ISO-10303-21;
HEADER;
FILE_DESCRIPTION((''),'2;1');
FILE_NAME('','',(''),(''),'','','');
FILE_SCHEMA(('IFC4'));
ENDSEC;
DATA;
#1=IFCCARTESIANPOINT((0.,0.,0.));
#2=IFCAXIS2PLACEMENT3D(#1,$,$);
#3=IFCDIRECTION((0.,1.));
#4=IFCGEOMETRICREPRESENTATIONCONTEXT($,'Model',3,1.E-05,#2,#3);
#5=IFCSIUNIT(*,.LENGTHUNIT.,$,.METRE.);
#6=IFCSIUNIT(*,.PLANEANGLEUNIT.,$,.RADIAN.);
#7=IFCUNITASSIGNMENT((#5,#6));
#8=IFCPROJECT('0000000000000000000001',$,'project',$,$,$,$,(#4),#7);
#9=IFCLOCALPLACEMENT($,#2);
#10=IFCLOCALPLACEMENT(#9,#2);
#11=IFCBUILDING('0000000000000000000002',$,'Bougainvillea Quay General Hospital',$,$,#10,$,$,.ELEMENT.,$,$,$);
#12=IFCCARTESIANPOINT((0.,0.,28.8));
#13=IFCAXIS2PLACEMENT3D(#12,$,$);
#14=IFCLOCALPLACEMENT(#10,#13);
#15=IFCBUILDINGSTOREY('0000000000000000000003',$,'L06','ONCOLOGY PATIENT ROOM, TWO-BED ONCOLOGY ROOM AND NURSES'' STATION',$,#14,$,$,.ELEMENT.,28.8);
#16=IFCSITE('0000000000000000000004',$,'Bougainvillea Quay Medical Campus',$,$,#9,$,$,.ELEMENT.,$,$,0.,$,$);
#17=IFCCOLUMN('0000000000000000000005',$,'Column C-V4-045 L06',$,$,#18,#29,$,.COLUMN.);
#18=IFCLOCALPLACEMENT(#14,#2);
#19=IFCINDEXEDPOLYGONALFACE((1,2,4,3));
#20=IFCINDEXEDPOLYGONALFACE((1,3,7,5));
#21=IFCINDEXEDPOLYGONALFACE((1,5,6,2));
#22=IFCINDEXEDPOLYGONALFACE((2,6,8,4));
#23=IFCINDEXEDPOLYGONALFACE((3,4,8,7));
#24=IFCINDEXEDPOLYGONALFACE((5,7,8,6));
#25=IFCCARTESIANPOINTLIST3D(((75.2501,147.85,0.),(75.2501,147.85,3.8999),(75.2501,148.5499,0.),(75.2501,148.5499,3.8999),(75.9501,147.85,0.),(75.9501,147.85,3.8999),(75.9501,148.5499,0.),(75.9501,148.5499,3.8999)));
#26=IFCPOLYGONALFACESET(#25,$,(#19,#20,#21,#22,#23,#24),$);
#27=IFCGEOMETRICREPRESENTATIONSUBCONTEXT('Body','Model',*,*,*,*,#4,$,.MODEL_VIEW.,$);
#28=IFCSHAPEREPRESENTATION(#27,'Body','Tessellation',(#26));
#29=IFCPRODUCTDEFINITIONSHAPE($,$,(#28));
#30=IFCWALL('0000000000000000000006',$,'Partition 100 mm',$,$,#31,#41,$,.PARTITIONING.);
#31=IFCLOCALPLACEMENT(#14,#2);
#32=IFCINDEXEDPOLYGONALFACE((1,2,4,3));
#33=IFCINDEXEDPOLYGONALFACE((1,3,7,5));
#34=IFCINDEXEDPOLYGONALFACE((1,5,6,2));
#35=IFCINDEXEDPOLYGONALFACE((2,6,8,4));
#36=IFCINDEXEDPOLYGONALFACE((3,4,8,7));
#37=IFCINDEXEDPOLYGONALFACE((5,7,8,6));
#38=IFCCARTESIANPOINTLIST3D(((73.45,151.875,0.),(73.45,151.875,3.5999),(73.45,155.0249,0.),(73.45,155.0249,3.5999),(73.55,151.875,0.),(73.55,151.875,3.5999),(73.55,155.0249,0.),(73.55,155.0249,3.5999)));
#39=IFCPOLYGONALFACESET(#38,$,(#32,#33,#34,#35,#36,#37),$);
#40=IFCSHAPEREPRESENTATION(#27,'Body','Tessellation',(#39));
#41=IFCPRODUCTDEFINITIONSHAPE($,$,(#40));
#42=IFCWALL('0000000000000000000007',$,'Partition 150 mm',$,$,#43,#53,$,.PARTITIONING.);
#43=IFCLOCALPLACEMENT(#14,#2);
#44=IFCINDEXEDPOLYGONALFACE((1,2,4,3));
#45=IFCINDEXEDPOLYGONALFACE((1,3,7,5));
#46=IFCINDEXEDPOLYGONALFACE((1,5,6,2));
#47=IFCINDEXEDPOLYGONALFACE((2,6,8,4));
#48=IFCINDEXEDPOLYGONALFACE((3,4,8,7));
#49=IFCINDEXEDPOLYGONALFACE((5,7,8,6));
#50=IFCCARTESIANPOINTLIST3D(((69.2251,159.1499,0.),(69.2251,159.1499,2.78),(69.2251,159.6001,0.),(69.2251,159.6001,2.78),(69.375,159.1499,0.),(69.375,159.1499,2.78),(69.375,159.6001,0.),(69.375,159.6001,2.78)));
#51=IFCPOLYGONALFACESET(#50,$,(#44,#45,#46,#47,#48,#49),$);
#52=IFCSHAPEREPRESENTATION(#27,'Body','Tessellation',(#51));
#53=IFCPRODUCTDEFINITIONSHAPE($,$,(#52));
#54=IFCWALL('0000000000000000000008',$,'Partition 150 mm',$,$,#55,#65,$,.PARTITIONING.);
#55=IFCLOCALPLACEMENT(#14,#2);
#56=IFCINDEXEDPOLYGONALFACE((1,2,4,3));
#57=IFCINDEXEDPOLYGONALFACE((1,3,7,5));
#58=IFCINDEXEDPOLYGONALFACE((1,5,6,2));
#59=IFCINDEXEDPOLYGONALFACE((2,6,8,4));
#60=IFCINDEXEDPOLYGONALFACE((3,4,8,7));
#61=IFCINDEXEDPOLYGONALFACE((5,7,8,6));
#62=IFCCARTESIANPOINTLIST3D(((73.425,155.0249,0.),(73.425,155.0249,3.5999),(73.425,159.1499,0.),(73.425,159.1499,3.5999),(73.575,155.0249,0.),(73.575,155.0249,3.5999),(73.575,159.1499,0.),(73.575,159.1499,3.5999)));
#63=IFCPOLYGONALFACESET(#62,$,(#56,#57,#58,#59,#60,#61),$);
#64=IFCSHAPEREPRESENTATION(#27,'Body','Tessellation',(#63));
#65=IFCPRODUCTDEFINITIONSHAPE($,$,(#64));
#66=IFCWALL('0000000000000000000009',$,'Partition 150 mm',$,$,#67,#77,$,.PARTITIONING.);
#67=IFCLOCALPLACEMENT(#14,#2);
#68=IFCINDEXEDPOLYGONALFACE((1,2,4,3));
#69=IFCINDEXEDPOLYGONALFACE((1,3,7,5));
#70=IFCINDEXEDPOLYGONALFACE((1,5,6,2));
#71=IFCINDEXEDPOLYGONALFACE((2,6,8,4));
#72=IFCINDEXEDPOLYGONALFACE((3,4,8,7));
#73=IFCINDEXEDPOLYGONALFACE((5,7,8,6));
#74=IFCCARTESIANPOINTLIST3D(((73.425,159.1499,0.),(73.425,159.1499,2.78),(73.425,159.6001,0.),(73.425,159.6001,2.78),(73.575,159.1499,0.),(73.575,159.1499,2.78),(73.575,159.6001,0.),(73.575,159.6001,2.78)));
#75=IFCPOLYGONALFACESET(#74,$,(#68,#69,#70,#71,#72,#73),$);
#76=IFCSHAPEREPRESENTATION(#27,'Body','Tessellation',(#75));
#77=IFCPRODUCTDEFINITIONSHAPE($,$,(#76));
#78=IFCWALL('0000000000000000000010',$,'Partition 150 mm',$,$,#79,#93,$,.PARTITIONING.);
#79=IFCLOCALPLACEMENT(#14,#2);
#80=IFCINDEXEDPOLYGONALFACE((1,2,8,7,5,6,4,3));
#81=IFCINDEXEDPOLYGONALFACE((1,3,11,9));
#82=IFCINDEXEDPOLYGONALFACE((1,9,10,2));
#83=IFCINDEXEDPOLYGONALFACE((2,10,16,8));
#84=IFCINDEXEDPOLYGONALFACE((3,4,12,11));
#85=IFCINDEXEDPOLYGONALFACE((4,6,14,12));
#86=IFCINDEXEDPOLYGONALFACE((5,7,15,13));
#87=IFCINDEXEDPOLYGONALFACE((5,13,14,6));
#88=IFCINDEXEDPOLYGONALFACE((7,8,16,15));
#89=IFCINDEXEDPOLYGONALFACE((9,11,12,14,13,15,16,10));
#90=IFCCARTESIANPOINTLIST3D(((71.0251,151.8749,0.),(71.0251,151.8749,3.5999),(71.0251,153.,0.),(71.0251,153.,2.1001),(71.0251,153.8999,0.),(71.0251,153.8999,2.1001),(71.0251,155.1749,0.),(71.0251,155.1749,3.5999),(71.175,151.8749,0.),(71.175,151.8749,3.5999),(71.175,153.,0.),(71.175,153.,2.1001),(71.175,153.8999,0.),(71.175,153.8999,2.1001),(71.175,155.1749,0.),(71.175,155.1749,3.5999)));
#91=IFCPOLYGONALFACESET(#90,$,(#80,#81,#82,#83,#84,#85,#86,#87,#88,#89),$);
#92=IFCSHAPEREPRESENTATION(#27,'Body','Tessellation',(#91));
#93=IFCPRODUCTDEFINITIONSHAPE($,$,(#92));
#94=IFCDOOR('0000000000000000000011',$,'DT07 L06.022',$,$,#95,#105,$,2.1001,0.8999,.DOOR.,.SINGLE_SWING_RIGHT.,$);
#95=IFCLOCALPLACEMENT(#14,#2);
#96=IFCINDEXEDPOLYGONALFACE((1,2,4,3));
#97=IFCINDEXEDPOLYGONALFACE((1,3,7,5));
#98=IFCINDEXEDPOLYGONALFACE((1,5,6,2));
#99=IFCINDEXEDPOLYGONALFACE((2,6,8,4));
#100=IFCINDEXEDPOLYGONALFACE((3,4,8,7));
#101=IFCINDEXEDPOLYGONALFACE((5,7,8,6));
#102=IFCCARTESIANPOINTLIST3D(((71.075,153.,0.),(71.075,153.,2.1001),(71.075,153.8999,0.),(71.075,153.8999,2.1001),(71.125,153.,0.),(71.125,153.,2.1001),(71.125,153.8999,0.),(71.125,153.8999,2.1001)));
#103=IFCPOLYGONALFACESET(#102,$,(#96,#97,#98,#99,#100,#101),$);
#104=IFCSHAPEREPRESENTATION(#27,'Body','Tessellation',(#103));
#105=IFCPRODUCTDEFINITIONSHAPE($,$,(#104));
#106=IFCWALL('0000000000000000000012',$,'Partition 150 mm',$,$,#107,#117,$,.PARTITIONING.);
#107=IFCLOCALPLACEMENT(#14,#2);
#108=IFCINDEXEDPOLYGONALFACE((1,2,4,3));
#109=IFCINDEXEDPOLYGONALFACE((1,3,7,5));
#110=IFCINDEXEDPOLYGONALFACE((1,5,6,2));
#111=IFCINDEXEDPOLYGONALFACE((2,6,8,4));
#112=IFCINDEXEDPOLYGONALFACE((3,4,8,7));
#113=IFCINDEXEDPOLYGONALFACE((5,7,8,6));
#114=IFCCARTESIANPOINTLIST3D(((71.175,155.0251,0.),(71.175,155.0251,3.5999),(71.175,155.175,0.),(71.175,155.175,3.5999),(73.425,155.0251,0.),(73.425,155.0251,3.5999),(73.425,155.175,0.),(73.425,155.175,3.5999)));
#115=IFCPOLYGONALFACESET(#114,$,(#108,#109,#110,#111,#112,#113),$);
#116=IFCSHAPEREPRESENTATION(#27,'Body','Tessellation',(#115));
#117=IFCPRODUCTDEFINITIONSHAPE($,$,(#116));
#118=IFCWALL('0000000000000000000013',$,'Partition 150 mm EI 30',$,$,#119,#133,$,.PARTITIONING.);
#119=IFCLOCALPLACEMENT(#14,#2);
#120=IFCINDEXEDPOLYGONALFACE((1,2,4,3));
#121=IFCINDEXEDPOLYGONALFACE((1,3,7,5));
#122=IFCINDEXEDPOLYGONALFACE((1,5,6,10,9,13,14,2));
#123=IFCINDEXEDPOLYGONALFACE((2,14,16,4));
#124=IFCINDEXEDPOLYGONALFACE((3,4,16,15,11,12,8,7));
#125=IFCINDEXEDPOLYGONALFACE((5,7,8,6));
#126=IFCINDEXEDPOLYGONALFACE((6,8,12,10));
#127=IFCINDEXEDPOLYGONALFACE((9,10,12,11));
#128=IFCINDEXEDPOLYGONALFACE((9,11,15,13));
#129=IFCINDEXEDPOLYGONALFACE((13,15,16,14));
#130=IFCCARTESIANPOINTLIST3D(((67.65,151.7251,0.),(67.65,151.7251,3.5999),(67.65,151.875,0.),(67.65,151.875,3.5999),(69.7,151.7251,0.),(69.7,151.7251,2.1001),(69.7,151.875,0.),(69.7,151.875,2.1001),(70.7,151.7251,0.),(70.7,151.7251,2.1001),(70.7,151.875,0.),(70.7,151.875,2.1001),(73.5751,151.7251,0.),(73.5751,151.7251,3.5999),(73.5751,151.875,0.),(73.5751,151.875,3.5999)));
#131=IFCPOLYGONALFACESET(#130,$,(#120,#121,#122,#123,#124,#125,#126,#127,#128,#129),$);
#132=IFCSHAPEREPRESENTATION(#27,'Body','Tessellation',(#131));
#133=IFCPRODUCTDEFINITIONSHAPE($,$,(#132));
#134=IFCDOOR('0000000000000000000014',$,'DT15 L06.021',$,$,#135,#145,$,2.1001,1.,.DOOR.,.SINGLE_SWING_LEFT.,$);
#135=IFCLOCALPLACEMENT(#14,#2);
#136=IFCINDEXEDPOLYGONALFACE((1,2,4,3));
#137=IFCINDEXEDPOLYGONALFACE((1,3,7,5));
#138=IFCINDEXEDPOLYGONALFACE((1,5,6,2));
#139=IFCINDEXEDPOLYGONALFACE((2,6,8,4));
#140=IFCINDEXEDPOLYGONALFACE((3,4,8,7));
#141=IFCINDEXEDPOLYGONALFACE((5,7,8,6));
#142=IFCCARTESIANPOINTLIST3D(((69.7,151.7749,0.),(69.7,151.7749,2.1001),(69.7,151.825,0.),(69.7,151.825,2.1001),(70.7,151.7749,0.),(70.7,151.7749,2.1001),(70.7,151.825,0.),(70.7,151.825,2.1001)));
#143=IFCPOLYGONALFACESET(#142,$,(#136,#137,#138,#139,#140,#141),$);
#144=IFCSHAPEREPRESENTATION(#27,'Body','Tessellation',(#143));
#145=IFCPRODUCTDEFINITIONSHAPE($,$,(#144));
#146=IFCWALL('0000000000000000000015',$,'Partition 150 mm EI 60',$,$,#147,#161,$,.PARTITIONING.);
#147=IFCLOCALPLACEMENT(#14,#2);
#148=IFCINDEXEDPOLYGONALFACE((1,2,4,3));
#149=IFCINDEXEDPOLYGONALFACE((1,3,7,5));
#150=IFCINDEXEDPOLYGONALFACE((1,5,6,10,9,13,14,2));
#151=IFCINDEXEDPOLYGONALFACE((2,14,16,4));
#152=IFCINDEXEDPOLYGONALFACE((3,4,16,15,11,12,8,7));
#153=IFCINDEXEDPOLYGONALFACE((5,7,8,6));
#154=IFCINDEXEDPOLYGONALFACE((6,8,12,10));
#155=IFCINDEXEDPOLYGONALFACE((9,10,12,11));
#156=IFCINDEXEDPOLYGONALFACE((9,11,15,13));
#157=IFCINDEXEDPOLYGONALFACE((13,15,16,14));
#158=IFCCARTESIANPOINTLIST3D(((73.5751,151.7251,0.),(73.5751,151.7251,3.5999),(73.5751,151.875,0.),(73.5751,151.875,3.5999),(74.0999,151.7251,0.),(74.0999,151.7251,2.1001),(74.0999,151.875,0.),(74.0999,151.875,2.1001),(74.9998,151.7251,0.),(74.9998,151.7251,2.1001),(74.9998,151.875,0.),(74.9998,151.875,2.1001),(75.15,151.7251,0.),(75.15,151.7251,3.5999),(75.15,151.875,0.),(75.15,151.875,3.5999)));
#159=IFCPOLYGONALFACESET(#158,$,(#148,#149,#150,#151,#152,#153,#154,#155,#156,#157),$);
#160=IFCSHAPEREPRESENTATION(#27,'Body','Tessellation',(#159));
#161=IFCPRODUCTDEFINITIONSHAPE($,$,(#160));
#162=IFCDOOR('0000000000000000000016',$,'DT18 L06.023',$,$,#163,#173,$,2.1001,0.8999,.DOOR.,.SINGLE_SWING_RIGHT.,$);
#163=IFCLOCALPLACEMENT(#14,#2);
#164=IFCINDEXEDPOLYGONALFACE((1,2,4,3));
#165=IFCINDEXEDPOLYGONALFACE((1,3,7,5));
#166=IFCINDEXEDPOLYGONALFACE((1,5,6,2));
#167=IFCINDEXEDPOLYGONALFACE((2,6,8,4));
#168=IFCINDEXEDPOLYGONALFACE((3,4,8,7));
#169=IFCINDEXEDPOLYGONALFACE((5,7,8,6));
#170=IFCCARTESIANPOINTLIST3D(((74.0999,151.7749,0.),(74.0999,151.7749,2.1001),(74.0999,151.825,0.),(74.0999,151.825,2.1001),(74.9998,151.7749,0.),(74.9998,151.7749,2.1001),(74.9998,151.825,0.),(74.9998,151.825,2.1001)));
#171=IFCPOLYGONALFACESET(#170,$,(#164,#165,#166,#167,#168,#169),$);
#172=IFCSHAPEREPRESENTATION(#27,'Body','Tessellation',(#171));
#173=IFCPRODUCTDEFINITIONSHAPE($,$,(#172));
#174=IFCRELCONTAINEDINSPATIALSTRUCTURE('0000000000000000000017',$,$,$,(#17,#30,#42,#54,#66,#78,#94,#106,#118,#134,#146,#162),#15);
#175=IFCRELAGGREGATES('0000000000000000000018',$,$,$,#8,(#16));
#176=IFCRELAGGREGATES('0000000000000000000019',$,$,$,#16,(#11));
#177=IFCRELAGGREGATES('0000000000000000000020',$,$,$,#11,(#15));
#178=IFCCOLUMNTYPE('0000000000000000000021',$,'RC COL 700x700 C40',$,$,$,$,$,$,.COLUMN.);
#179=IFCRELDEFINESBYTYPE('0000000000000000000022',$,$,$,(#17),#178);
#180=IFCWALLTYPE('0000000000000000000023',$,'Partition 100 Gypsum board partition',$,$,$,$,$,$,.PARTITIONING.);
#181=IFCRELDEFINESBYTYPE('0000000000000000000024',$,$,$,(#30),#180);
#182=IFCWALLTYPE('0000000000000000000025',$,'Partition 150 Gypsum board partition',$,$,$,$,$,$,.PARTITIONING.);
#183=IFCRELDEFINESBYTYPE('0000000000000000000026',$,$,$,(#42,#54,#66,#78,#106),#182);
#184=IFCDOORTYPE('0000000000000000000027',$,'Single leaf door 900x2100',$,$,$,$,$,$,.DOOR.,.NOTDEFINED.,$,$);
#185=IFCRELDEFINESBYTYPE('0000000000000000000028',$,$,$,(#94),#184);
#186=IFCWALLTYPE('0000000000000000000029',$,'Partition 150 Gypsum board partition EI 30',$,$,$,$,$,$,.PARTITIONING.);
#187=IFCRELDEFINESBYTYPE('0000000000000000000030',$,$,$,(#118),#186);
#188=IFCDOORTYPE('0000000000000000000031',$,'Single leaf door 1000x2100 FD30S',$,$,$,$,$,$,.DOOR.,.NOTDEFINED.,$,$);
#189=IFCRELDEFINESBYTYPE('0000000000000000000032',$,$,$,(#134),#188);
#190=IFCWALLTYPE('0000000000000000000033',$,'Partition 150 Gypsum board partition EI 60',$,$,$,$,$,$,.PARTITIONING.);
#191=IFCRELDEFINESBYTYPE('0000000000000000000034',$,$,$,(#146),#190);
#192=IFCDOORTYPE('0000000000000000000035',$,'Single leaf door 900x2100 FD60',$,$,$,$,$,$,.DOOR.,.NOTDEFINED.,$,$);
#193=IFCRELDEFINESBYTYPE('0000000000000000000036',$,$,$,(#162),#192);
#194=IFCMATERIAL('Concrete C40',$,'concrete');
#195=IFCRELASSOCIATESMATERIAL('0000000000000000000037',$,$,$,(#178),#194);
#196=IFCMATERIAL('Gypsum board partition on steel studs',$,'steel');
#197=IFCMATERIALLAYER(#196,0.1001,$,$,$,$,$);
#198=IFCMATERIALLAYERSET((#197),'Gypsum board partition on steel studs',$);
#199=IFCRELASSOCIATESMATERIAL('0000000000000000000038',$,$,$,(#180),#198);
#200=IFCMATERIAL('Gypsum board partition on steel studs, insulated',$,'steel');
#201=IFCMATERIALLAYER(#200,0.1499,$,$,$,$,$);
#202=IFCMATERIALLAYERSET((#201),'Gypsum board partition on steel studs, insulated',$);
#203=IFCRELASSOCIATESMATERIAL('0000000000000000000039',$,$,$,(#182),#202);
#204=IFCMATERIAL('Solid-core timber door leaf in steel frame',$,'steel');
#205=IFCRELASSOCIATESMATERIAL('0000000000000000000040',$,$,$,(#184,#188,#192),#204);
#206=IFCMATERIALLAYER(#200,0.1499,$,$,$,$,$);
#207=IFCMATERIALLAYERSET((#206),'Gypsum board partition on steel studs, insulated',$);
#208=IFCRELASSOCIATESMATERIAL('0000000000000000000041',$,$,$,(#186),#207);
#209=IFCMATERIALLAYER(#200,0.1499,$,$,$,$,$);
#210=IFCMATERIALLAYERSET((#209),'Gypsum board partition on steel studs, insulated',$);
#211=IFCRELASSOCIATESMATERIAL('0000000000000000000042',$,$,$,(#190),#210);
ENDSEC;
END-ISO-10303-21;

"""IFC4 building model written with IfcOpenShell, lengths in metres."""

from ifc_helpers import new_model, si_unit, direction, frame, frame_2d, origin, origin_2d, place, context, subcontext, project, spatial, rectangle, extrude, material, layer, layer_set, material_profile, profile_set, type_object, element, fill, save


model = new_model("IFC4")

# Units and contexts
model_context = context("Model", 3, precision=1e-05, world=origin(), true_north=direction((0.0, 1.0)))
body_context = subcontext(model_context, "Body", "Model", "MODEL_VIEW")
ifc_project = project(units=[si_unit("LENGTHUNIT", "METRE"), si_unit("PLANEANGLEUNIT", "RADIAN")], contexts=[model_context])

# Site, building, storey
site_placement = place(None, origin())
site = spatial("IfcSite", under=ifc_project, at=site_placement, Name="Bougainvillea Quay Medical Campus", CompositionType="ELEMENT", RefElevation=0.0)
building_placement = place(site_placement, origin())
building = spatial("IfcBuilding", under=site, at=building_placement, Name="Bougainvillea Quay General Hospital", CompositionType="ELEMENT")
storey_placement = place(building_placement, frame((0.0, 0.0, 28.8)))
storey = spatial("IfcBuildingStorey", under=building, at=storey_placement, Name="L06", Description="ONCOLOGY PATIENT ROOM, TWO-BED ONCOLOGY ROOM AND NURSES' STATION", CompositionType="ELEMENT", Elevation=28.8)

# Column
ifc_material_1 = material(Name="Concrete C40", Category="concrete")
ifc_material_profile = material_profile(ifc_material_1, rectangle(XDim=0.7, YDim=0.7, at=origin_2d()))
ifc_profile_set = profile_set([ifc_material_profile], Name="Concrete C40")
column_type = type_object("IfcColumnType", Name="RC COL 700x700 C40", PredefinedType="COLUMN", material=ifc_profile_set)
column_placement = place(storey_placement, frame((75.6001, 148.2, 0.0), z_axis=(0.0, 0.0, 1.0), x_axis=(1.0, 0.0, 0.0)))
element("IfcColumn", 1, at=column_placement, inside=storey, type_object=column_type, Name="Column C-V4-045 L06", PredefinedType="COLUMN", context=body_context, shape_type="SweptSolid", body=[
    extrude(rectangle(XDim=0.7, YDim=0.7, at=origin_2d()), origin(), (0.0, 0.0, 1.0), 3.8999),
])

# Walls
ifc_material_2 = material(Name="Gypsum board partition on steel studs", Category="steel")
ifc_layer_1 = layer(ifc_material_2, 0.1001)
ifc_layer_set_1 = layer_set([ifc_layer_1], Name="Gypsum board partition on steel studs")
wall_type_1 = type_object("IfcWallType", Name="Partition 100 Gypsum board partition", PredefinedType="PARTITIONING", material=ifc_layer_set_1)
wall_1_placement = place(storey_placement, frame((73.5, 151.875, 0.0), z_axis=(0.0, 0.0, 1.0), x_axis=(0.0, 1.0, 0.0)))
element("IfcWall", 2, at=wall_1_placement, inside=storey, type_object=wall_type_1, Name="Partition 100 mm", PredefinedType="PARTITIONING", context=body_context, shape_type="SweptSolid", body=[
    extrude(rectangle(XDim=3.1499, YDim=0.1001, at=frame_2d((1.575, 0.0))), origin(), (0.0, 0.0, 1.0), 3.5999),
])
ifc_material_3 = material(Name="Gypsum board partition on steel studs, insulated", Category="steel")
ifc_layer_2 = layer(ifc_material_3, 0.1499)
ifc_layer_set_2 = layer_set([ifc_layer_2], Name="Gypsum board partition on steel studs, insulated")
wall_type_2 = type_object("IfcWallType", Name="Partition 150 Gypsum board partition", PredefinedType="PARTITIONING", material=ifc_layer_set_2)
wall_2_placement = place(storey_placement, frame((69.3, 159.1499, 0.0), z_axis=(0.0, 0.0, 1.0), x_axis=(0.0, 1.0, 0.0)))
element("IfcWall", 3, at=wall_2_placement, inside=storey, type_object=wall_type_2, Name="Partition 150 mm", PredefinedType="PARTITIONING", context=body_context, shape_type="SweptSolid", body=[
    extrude(rectangle(XDim=0.4502, YDim=0.1499, at=frame_2d((0.2251, 0.0))), origin(), (0.0, 0.0, 1.0), 2.78),
])
wall_3_placement = place(storey_placement, frame((73.5, 155.0249, 0.0), z_axis=(0.0, 0.0, 1.0), x_axis=(0.0, 1.0, 0.0)))
element("IfcWall", 4, at=wall_3_placement, inside=storey, type_object=wall_type_2, Name="Partition 150 mm", PredefinedType="PARTITIONING", context=body_context, shape_type="SweptSolid", body=[
    extrude(rectangle(XDim=4.125, YDim=0.1499, at=frame_2d((2.0625, 0.0))), origin(), (0.0, 0.0, 1.0), 3.5999),
])
wall_4_placement = place(storey_placement, frame((73.5, 159.1499, 0.0), z_axis=(0.0, 0.0, 1.0), x_axis=(0.0, 1.0, 0.0)))
element("IfcWall", 5, at=wall_4_placement, inside=storey, type_object=wall_type_2, Name="Partition 150 mm", PredefinedType="PARTITIONING", context=body_context, shape_type="SweptSolid", body=[
    extrude(rectangle(XDim=0.4502, YDim=0.1499, at=frame_2d((0.2251, 0.0))), origin(), (0.0, 0.0, 1.0), 2.78),
])

# Wall, opening, door
wall_5_placement = place(storey_placement, frame((71.1001, 151.875, 0.0), z_axis=(0.0, 0.0, 1.0), x_axis=(0.0, 1.0, 0.0)))
wall_5 = element("IfcWall", 6, at=wall_5_placement, inside=storey, type_object=wall_type_2, Name="Partition 150 mm", PredefinedType="PARTITIONING", context=body_context, shape_type="SweptSolid", body=[
    extrude(rectangle(XDim=3.3, YDim=0.1499, at=frame_2d((1.6499, 0.0))), origin(), (0.0, 0.0, 1.0), 3.5999),
])
opening_1_placement = place(wall_5_placement, frame((1.125, 0.0, 0.0)))
opening_1 = element("IfcOpeningElement", 7, at=opening_1_placement, cuts=wall_5, PredefinedType="OPENING", context=body_context, shape_type="SweptSolid", body=[
    extrude(rectangle(XDim=0.8999, YDim=2.1001, at=frame_2d((0.45, 1.05))), frame((0.0, 0.085, 0.0), z_axis=(0.0, -1.0, 0.0), x_axis=(1.0, 0.0, 0.0)), (0.0, 0.0, 1.0), 0.1699),
])
ifc_material_4 = material(Name="Solid-core timber door leaf in steel frame", Category="steel")
door_type_1 = type_object("IfcDoorType", Name="Single leaf door 900x2100", OperationType="NOTDEFINED", PredefinedType="DOOR", material=ifc_material_4)
door_1_placement = place(opening_1_placement, frame((0.8999, 0.0, 0.0), z_axis=(0.0, 0.0, 1.0), x_axis=(-1.0, 0.0, 0.0)))
door_1 = element("IfcDoor", 8, at=door_1_placement, inside=storey, type_object=door_type_1, Name="DT07 L06.022", OperationType="SINGLE_SWING_RIGHT", OverallHeight=2.1001, OverallWidth=0.8999, PredefinedType="DOOR", context=body_context, shape_type="SweptSolid", body=[
    extrude(rectangle(XDim=0.8999, YDim=2.1001, at=frame_2d((0.45, 1.05))), frame((0.0, 0.0249, 0.0), z_axis=(0.0, -1.0, 0.0), x_axis=(1.0, 0.0, 0.0)), (0.0, 0.0, 1.0), 0.05),
])
fill(opening_1, door_1)

# Wall
wall_6_placement = place(storey_placement, frame((71.175, 155.1001, 0.0), z_axis=(0.0, 0.0, 1.0), x_axis=(1.0, 0.0, 0.0)))
element("IfcWall", 9, at=wall_6_placement, inside=storey, type_object=wall_type_2, Name="Partition 150 mm", PredefinedType="PARTITIONING", context=body_context, shape_type="SweptSolid", body=[
    extrude(rectangle(XDim=2.25, YDim=0.1499, at=frame_2d((1.125, 0.0))), origin(), (0.0, 0.0, 1.0), 3.5999),
])

# Walls, openings, doors
ifc_layer_3 = layer(ifc_material_3, 0.1499)
ifc_layer_set_3 = layer_set([ifc_layer_3], Name="Gypsum board partition on steel studs, insulated")
wall_type_3 = type_object("IfcWallType", Name="Partition 150 Gypsum board partition EI 30", PredefinedType="PARTITIONING", material=ifc_layer_set_3)
wall_7_placement = place(storey_placement, frame((73.575, 151.8, 0.0), z_axis=(0.0, 0.0, 1.0), x_axis=(-1.0, 0.0, 0.0)))
wall_7 = element("IfcWall", 10, at=wall_7_placement, inside=storey, type_object=wall_type_3, Name="Partition 150 mm EI 30", PredefinedType="PARTITIONING", context=body_context, shape_type="SweptSolid", body=[
    extrude(rectangle(XDim=5.925, YDim=0.1499, at=frame_2d((2.9624, 0.0))), origin(), (0.0, 0.0, 1.0), 3.5999),
])
opening_2_placement = place(wall_7_placement, frame((2.875, 0.0, 0.0)))
opening_2 = element("IfcOpeningElement", 11, at=opening_2_placement, cuts=wall_7, PredefinedType="OPENING", context=body_context, shape_type="SweptSolid", body=[
    extrude(rectangle(XDim=1.0, YDim=2.1001, at=frame_2d((0.5, 1.05))), frame((0.0, 0.085, 0.0), z_axis=(0.0, -1.0, 0.0), x_axis=(1.0, 0.0, 0.0)), (0.0, 0.0, 1.0), 0.1699),
])
door_type_2 = type_object("IfcDoorType", Name="Single leaf door 1000x2100 FD30S", OperationType="NOTDEFINED", PredefinedType="DOOR", material=ifc_material_4)
door_2_placement = place(opening_2_placement, frame((1.0, 0.0, 0.0), z_axis=(0.0, 0.0, 1.0), x_axis=(-1.0, 0.0, 0.0)))
door_2 = element("IfcDoor", 12, at=door_2_placement, inside=storey, type_object=door_type_2, Name="DT15 L06.021", OperationType="SINGLE_SWING_LEFT", OverallHeight=2.1001, OverallWidth=1.0, PredefinedType="DOOR", context=body_context, shape_type="SweptSolid", body=[
    extrude(rectangle(XDim=1.0, YDim=2.1001, at=frame_2d((0.5, 1.05))), frame((0.0, 0.0249, 0.0), z_axis=(0.0, -1.0, 0.0), x_axis=(1.0, 0.0, 0.0)), (0.0, 0.0, 1.0), 0.05),
])
fill(opening_2, door_2)
ifc_layer_4 = layer(ifc_material_3, 0.1499)
ifc_layer_set_4 = layer_set([ifc_layer_4], Name="Gypsum board partition on steel studs, insulated")
wall_type_4 = type_object("IfcWallType", Name="Partition 150 Gypsum board partition EI 60", PredefinedType="PARTITIONING", material=ifc_layer_set_4)
wall_8_placement = place(storey_placement, frame((73.575, 151.8, 0.0), z_axis=(0.0, 0.0, 1.0), x_axis=(1.0, 0.0, 0.0)))
wall_8 = element("IfcWall", 13, at=wall_8_placement, inside=storey, type_object=wall_type_4, Name="Partition 150 mm EI 60", PredefinedType="PARTITIONING", context=body_context, shape_type="SweptSolid", body=[
    extrude(rectangle(XDim=1.575, YDim=0.1499, at=frame_2d((0.7876, 0.0))), origin(), (0.0, 0.0, 1.0), 3.5999),
])
opening_3_placement = place(wall_8_placement, frame((0.5249, 0.0, 0.0)))
opening_3 = element("IfcOpeningElement", 14, at=opening_3_placement, cuts=wall_8, PredefinedType="OPENING", context=body_context, shape_type="SweptSolid", body=[
    extrude(rectangle(XDim=0.8999, YDim=2.1001, at=frame_2d((0.45, 1.05))), frame((0.0, 0.085, 0.0), z_axis=(0.0, -1.0, 0.0), x_axis=(1.0, 0.0, 0.0)), (0.0, 0.0, 1.0), 0.1699),
])
door_type_3 = type_object("IfcDoorType", Name="Single leaf door 900x2100 FD60", OperationType="NOTDEFINED", PredefinedType="DOOR", material=ifc_material_4)
door_3_placement = place(opening_3_placement, origin())
door_3 = element("IfcDoor", 15, at=door_3_placement, inside=storey, type_object=door_type_3, Name="DT18 L06.023", OperationType="SINGLE_SWING_RIGHT", OverallHeight=2.1001, OverallWidth=0.8999, PredefinedType="DOOR", context=body_context, shape_type="SweptSolid", body=[
    extrude(rectangle(XDim=0.8999, YDim=2.1001, at=frame_2d((0.45, 1.05))), frame((0.0, 0.0249, 0.0), z_axis=(0.0, -1.0, 0.0), x_axis=(1.0, 0.0, 0.0)), (0.0, 0.0, 1.0), 0.05),
])
fill(opening_3, door_3)

save(model, "model.ifc")
